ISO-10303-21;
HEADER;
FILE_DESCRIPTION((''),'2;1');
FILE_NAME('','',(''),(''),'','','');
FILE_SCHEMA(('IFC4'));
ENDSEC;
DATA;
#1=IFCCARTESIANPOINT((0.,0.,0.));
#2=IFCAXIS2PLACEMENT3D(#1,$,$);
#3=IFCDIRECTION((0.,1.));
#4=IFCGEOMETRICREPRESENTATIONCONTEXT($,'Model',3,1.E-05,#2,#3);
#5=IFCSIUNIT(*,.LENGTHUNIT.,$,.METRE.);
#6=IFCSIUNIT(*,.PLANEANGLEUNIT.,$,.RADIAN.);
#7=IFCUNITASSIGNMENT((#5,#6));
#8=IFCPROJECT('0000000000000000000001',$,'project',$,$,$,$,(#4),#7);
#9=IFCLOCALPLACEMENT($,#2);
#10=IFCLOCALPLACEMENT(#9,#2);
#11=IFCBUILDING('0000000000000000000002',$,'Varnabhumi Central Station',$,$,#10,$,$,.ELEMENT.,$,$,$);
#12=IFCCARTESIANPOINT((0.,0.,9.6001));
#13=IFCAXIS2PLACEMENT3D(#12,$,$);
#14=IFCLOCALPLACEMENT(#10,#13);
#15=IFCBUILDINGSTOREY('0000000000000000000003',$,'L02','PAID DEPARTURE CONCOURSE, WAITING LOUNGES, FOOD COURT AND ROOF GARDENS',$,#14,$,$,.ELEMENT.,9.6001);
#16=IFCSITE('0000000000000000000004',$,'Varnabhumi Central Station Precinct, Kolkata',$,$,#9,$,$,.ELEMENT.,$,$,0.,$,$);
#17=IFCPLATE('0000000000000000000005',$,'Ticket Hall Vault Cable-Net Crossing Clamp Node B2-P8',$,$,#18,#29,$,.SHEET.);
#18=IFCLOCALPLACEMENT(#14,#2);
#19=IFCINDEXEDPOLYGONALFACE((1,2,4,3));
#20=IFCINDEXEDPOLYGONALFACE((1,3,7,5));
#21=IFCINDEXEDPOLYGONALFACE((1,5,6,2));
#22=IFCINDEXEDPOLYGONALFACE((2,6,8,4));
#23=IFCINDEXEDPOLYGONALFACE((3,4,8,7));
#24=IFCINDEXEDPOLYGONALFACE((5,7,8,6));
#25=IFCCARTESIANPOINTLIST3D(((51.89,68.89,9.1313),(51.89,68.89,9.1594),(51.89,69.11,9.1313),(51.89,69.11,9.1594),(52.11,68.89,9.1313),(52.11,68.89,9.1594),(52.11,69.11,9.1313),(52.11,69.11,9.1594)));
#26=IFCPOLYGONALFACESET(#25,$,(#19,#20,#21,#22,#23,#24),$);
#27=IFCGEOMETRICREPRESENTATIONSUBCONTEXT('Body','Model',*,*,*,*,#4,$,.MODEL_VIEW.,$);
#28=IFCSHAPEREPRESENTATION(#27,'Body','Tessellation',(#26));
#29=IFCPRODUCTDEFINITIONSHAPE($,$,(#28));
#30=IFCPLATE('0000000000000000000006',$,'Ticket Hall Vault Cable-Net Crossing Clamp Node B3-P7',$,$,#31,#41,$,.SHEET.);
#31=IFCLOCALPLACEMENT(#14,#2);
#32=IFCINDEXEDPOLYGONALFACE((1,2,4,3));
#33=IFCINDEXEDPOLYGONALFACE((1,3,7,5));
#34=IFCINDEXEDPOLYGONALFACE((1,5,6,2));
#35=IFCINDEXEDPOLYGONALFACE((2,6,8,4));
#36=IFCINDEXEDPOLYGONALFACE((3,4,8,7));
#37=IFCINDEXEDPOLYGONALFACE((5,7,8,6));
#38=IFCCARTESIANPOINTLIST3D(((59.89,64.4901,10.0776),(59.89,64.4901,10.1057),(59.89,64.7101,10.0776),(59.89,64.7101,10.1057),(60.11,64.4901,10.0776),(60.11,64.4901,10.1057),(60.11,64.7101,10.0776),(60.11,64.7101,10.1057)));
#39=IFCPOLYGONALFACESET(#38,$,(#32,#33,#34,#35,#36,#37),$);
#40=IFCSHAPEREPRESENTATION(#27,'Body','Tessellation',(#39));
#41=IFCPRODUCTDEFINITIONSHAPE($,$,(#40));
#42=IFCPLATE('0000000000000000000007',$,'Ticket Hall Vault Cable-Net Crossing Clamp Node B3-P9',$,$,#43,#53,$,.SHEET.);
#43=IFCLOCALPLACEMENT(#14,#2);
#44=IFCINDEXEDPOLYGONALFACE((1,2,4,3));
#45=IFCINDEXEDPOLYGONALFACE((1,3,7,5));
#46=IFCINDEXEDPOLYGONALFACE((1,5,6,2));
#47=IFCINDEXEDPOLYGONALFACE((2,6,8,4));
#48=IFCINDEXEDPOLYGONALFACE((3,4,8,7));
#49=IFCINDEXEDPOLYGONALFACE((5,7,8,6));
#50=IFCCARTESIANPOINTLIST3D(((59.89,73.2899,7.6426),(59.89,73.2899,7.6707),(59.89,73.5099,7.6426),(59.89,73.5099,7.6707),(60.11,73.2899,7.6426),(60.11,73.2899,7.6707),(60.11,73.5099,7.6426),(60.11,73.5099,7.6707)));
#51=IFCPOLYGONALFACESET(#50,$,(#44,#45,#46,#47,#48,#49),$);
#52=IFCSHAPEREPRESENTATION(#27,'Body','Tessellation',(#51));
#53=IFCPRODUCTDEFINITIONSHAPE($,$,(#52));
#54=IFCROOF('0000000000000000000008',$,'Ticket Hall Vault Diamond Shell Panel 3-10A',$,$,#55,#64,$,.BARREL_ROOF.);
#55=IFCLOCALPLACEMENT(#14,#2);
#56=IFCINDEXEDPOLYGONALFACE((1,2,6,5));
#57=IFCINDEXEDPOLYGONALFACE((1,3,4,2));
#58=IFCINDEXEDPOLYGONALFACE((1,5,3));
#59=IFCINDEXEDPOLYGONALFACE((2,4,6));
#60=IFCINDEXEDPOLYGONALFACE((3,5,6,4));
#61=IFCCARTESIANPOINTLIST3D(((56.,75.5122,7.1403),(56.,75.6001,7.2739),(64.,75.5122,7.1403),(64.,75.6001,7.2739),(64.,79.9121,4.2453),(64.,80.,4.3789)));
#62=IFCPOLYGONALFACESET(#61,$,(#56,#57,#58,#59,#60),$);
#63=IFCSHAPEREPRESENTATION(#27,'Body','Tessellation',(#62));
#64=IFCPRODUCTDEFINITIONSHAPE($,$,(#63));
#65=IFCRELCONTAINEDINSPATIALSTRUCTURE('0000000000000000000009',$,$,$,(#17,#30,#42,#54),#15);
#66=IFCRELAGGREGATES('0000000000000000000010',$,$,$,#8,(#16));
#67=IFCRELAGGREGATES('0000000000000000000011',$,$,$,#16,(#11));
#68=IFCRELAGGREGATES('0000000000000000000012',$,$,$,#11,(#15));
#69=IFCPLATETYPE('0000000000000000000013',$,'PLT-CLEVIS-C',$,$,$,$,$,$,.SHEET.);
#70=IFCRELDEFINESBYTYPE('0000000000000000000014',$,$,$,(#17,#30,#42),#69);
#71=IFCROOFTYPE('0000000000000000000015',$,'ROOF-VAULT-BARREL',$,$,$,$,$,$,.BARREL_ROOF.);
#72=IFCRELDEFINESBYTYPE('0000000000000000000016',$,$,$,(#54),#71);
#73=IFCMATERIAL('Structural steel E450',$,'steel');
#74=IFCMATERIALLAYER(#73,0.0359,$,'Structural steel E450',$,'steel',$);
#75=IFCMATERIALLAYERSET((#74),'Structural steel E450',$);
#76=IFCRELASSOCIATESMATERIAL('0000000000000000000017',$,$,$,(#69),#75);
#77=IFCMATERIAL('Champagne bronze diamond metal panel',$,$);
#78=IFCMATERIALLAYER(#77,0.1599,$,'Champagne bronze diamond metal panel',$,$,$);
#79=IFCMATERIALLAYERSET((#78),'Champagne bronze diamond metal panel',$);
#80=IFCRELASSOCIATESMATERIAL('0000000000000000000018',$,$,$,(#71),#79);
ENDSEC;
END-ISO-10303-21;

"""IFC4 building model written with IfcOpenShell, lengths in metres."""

from ifc_helpers import new_model, si_unit, direction, frame, origin, origin_2d, place, context, subcontext, project, spatial, polyline, rectangle, outline, extrude, material, layer, layer_set, type_object, element, save


model = new_model("IFC4")

# Units and contexts
model_context = context("Model", 3, precision=1e-05, world=origin(), true_north=direction((0.0, 1.0)))
body_context = subcontext(model_context, "Body", "Model", "MODEL_VIEW")
ifc_project = project(units=[si_unit("LENGTHUNIT", "METRE"), si_unit("PLANEANGLEUNIT", "RADIAN")], contexts=[model_context])

# Site, building, storey
site_placement = place(None, origin())
site = spatial("IfcSite", under=ifc_project, at=site_placement, Name="Varnabhumi Central Station Precinct, Kolkata", CompositionType="ELEMENT", RefElevation=0.0)
building_placement = place(site_placement, origin())
building = spatial("IfcBuilding", under=site, at=building_placement, Name="Varnabhumi Central Station", CompositionType="ELEMENT")
storey_placement = place(building_placement, frame((0.0, 0.0, 9.6001)))
storey = spatial("IfcBuildingStorey", under=building, at=storey_placement, Name="L02", Description="PAID DEPARTURE CONCOURSE, WAITING LOUNGES, FOOD COURT AND ROOF GARDENS", CompositionType="ELEMENT", Elevation=9.6001)

# Shared definitions
ifc_material_1 = material(Name="Structural steel E450", Category="steel")

# Plates
ifc_layer_1 = layer(ifc_material_1, 0.0359, Name="Structural steel E450", Category="steel")
ifc_layer_set_1 = layer_set([ifc_layer_1], Name="Structural steel E450")
plate_type = type_object("IfcPlateType", Name="PLT-CLEVIS-C", PredefinedType="SHEET", material=ifc_layer_set_1)
for number, where, z_axis, x_axis, name in (
    (1, (52.0, 69.0, 9.1313), (0.0, 0.0, 1.0), (1.0, 0.0, 0.0), "Ticket Hall Vault Cable-Net Crossing Clamp Node B2-P8"),
    (2, (60.0, 64.6001, 10.0776), (0.0, 0.0, 1.0), (1.0, 0.0, 0.0), "Ticket Hall Vault Cable-Net Crossing Clamp Node B3-P7"),
    (3, (60.0, 73.3999, 7.6426), (0.0, 0.0, 1.0), (1.0, 0.0, 0.0), "Ticket Hall Vault Cable-Net Crossing Clamp Node B3-P9"),
):
    element("IfcPlate", number, at=place(storey_placement, frame(where, z_axis=z_axis, x_axis=x_axis)), inside=storey, type_object=plate_type, Name=name, PredefinedType="SHEET", context=body_context, shape_type="SweptSolid", body=[
        extrude(rectangle(XDim=0.22, YDim=0.22, at=origin_2d()), origin(), (0.0, 0.0, 1.0), 0.0281),
    ])

# Roof
ifc_material_2 = material(Name="Champagne bronze diamond metal panel")
ifc_layer_2 = layer(ifc_material_2, 0.1599, Name="Champagne bronze diamond metal panel")
ifc_layer_set_2 = layer_set([ifc_layer_2], Name="Champagne bronze diamond metal panel")
roof_type = type_object("IfcRoofType", Name="ROOF-VAULT-BARREL", PredefinedType="BARREL_ROOF", material=ifc_layer_set_2)
roof_placement = place(storey_placement, frame((56.0, 75.6001, 7.2739), z_axis=(0.0, 0.549662, 0.835387), x_axis=(1.0, 0.0, 0.0)))
element("IfcRoof", 4, at=roof_placement, inside=storey, type_object=roof_type, Name="Ticket Hall Vault Diamond Shell Panel 3-10A", PredefinedType="BARREL_ROOF", context=body_context, shape_type="SweptSolid", body=[
    extrude(outline(polyline([(0.0, 0.0), (8.0, 0.0), (8.0, 5.2669), (0.0, 0.0)])), origin(), (0.0, 0.0, -1.0), 0.1599),
])

save(model, "model.ifc")
